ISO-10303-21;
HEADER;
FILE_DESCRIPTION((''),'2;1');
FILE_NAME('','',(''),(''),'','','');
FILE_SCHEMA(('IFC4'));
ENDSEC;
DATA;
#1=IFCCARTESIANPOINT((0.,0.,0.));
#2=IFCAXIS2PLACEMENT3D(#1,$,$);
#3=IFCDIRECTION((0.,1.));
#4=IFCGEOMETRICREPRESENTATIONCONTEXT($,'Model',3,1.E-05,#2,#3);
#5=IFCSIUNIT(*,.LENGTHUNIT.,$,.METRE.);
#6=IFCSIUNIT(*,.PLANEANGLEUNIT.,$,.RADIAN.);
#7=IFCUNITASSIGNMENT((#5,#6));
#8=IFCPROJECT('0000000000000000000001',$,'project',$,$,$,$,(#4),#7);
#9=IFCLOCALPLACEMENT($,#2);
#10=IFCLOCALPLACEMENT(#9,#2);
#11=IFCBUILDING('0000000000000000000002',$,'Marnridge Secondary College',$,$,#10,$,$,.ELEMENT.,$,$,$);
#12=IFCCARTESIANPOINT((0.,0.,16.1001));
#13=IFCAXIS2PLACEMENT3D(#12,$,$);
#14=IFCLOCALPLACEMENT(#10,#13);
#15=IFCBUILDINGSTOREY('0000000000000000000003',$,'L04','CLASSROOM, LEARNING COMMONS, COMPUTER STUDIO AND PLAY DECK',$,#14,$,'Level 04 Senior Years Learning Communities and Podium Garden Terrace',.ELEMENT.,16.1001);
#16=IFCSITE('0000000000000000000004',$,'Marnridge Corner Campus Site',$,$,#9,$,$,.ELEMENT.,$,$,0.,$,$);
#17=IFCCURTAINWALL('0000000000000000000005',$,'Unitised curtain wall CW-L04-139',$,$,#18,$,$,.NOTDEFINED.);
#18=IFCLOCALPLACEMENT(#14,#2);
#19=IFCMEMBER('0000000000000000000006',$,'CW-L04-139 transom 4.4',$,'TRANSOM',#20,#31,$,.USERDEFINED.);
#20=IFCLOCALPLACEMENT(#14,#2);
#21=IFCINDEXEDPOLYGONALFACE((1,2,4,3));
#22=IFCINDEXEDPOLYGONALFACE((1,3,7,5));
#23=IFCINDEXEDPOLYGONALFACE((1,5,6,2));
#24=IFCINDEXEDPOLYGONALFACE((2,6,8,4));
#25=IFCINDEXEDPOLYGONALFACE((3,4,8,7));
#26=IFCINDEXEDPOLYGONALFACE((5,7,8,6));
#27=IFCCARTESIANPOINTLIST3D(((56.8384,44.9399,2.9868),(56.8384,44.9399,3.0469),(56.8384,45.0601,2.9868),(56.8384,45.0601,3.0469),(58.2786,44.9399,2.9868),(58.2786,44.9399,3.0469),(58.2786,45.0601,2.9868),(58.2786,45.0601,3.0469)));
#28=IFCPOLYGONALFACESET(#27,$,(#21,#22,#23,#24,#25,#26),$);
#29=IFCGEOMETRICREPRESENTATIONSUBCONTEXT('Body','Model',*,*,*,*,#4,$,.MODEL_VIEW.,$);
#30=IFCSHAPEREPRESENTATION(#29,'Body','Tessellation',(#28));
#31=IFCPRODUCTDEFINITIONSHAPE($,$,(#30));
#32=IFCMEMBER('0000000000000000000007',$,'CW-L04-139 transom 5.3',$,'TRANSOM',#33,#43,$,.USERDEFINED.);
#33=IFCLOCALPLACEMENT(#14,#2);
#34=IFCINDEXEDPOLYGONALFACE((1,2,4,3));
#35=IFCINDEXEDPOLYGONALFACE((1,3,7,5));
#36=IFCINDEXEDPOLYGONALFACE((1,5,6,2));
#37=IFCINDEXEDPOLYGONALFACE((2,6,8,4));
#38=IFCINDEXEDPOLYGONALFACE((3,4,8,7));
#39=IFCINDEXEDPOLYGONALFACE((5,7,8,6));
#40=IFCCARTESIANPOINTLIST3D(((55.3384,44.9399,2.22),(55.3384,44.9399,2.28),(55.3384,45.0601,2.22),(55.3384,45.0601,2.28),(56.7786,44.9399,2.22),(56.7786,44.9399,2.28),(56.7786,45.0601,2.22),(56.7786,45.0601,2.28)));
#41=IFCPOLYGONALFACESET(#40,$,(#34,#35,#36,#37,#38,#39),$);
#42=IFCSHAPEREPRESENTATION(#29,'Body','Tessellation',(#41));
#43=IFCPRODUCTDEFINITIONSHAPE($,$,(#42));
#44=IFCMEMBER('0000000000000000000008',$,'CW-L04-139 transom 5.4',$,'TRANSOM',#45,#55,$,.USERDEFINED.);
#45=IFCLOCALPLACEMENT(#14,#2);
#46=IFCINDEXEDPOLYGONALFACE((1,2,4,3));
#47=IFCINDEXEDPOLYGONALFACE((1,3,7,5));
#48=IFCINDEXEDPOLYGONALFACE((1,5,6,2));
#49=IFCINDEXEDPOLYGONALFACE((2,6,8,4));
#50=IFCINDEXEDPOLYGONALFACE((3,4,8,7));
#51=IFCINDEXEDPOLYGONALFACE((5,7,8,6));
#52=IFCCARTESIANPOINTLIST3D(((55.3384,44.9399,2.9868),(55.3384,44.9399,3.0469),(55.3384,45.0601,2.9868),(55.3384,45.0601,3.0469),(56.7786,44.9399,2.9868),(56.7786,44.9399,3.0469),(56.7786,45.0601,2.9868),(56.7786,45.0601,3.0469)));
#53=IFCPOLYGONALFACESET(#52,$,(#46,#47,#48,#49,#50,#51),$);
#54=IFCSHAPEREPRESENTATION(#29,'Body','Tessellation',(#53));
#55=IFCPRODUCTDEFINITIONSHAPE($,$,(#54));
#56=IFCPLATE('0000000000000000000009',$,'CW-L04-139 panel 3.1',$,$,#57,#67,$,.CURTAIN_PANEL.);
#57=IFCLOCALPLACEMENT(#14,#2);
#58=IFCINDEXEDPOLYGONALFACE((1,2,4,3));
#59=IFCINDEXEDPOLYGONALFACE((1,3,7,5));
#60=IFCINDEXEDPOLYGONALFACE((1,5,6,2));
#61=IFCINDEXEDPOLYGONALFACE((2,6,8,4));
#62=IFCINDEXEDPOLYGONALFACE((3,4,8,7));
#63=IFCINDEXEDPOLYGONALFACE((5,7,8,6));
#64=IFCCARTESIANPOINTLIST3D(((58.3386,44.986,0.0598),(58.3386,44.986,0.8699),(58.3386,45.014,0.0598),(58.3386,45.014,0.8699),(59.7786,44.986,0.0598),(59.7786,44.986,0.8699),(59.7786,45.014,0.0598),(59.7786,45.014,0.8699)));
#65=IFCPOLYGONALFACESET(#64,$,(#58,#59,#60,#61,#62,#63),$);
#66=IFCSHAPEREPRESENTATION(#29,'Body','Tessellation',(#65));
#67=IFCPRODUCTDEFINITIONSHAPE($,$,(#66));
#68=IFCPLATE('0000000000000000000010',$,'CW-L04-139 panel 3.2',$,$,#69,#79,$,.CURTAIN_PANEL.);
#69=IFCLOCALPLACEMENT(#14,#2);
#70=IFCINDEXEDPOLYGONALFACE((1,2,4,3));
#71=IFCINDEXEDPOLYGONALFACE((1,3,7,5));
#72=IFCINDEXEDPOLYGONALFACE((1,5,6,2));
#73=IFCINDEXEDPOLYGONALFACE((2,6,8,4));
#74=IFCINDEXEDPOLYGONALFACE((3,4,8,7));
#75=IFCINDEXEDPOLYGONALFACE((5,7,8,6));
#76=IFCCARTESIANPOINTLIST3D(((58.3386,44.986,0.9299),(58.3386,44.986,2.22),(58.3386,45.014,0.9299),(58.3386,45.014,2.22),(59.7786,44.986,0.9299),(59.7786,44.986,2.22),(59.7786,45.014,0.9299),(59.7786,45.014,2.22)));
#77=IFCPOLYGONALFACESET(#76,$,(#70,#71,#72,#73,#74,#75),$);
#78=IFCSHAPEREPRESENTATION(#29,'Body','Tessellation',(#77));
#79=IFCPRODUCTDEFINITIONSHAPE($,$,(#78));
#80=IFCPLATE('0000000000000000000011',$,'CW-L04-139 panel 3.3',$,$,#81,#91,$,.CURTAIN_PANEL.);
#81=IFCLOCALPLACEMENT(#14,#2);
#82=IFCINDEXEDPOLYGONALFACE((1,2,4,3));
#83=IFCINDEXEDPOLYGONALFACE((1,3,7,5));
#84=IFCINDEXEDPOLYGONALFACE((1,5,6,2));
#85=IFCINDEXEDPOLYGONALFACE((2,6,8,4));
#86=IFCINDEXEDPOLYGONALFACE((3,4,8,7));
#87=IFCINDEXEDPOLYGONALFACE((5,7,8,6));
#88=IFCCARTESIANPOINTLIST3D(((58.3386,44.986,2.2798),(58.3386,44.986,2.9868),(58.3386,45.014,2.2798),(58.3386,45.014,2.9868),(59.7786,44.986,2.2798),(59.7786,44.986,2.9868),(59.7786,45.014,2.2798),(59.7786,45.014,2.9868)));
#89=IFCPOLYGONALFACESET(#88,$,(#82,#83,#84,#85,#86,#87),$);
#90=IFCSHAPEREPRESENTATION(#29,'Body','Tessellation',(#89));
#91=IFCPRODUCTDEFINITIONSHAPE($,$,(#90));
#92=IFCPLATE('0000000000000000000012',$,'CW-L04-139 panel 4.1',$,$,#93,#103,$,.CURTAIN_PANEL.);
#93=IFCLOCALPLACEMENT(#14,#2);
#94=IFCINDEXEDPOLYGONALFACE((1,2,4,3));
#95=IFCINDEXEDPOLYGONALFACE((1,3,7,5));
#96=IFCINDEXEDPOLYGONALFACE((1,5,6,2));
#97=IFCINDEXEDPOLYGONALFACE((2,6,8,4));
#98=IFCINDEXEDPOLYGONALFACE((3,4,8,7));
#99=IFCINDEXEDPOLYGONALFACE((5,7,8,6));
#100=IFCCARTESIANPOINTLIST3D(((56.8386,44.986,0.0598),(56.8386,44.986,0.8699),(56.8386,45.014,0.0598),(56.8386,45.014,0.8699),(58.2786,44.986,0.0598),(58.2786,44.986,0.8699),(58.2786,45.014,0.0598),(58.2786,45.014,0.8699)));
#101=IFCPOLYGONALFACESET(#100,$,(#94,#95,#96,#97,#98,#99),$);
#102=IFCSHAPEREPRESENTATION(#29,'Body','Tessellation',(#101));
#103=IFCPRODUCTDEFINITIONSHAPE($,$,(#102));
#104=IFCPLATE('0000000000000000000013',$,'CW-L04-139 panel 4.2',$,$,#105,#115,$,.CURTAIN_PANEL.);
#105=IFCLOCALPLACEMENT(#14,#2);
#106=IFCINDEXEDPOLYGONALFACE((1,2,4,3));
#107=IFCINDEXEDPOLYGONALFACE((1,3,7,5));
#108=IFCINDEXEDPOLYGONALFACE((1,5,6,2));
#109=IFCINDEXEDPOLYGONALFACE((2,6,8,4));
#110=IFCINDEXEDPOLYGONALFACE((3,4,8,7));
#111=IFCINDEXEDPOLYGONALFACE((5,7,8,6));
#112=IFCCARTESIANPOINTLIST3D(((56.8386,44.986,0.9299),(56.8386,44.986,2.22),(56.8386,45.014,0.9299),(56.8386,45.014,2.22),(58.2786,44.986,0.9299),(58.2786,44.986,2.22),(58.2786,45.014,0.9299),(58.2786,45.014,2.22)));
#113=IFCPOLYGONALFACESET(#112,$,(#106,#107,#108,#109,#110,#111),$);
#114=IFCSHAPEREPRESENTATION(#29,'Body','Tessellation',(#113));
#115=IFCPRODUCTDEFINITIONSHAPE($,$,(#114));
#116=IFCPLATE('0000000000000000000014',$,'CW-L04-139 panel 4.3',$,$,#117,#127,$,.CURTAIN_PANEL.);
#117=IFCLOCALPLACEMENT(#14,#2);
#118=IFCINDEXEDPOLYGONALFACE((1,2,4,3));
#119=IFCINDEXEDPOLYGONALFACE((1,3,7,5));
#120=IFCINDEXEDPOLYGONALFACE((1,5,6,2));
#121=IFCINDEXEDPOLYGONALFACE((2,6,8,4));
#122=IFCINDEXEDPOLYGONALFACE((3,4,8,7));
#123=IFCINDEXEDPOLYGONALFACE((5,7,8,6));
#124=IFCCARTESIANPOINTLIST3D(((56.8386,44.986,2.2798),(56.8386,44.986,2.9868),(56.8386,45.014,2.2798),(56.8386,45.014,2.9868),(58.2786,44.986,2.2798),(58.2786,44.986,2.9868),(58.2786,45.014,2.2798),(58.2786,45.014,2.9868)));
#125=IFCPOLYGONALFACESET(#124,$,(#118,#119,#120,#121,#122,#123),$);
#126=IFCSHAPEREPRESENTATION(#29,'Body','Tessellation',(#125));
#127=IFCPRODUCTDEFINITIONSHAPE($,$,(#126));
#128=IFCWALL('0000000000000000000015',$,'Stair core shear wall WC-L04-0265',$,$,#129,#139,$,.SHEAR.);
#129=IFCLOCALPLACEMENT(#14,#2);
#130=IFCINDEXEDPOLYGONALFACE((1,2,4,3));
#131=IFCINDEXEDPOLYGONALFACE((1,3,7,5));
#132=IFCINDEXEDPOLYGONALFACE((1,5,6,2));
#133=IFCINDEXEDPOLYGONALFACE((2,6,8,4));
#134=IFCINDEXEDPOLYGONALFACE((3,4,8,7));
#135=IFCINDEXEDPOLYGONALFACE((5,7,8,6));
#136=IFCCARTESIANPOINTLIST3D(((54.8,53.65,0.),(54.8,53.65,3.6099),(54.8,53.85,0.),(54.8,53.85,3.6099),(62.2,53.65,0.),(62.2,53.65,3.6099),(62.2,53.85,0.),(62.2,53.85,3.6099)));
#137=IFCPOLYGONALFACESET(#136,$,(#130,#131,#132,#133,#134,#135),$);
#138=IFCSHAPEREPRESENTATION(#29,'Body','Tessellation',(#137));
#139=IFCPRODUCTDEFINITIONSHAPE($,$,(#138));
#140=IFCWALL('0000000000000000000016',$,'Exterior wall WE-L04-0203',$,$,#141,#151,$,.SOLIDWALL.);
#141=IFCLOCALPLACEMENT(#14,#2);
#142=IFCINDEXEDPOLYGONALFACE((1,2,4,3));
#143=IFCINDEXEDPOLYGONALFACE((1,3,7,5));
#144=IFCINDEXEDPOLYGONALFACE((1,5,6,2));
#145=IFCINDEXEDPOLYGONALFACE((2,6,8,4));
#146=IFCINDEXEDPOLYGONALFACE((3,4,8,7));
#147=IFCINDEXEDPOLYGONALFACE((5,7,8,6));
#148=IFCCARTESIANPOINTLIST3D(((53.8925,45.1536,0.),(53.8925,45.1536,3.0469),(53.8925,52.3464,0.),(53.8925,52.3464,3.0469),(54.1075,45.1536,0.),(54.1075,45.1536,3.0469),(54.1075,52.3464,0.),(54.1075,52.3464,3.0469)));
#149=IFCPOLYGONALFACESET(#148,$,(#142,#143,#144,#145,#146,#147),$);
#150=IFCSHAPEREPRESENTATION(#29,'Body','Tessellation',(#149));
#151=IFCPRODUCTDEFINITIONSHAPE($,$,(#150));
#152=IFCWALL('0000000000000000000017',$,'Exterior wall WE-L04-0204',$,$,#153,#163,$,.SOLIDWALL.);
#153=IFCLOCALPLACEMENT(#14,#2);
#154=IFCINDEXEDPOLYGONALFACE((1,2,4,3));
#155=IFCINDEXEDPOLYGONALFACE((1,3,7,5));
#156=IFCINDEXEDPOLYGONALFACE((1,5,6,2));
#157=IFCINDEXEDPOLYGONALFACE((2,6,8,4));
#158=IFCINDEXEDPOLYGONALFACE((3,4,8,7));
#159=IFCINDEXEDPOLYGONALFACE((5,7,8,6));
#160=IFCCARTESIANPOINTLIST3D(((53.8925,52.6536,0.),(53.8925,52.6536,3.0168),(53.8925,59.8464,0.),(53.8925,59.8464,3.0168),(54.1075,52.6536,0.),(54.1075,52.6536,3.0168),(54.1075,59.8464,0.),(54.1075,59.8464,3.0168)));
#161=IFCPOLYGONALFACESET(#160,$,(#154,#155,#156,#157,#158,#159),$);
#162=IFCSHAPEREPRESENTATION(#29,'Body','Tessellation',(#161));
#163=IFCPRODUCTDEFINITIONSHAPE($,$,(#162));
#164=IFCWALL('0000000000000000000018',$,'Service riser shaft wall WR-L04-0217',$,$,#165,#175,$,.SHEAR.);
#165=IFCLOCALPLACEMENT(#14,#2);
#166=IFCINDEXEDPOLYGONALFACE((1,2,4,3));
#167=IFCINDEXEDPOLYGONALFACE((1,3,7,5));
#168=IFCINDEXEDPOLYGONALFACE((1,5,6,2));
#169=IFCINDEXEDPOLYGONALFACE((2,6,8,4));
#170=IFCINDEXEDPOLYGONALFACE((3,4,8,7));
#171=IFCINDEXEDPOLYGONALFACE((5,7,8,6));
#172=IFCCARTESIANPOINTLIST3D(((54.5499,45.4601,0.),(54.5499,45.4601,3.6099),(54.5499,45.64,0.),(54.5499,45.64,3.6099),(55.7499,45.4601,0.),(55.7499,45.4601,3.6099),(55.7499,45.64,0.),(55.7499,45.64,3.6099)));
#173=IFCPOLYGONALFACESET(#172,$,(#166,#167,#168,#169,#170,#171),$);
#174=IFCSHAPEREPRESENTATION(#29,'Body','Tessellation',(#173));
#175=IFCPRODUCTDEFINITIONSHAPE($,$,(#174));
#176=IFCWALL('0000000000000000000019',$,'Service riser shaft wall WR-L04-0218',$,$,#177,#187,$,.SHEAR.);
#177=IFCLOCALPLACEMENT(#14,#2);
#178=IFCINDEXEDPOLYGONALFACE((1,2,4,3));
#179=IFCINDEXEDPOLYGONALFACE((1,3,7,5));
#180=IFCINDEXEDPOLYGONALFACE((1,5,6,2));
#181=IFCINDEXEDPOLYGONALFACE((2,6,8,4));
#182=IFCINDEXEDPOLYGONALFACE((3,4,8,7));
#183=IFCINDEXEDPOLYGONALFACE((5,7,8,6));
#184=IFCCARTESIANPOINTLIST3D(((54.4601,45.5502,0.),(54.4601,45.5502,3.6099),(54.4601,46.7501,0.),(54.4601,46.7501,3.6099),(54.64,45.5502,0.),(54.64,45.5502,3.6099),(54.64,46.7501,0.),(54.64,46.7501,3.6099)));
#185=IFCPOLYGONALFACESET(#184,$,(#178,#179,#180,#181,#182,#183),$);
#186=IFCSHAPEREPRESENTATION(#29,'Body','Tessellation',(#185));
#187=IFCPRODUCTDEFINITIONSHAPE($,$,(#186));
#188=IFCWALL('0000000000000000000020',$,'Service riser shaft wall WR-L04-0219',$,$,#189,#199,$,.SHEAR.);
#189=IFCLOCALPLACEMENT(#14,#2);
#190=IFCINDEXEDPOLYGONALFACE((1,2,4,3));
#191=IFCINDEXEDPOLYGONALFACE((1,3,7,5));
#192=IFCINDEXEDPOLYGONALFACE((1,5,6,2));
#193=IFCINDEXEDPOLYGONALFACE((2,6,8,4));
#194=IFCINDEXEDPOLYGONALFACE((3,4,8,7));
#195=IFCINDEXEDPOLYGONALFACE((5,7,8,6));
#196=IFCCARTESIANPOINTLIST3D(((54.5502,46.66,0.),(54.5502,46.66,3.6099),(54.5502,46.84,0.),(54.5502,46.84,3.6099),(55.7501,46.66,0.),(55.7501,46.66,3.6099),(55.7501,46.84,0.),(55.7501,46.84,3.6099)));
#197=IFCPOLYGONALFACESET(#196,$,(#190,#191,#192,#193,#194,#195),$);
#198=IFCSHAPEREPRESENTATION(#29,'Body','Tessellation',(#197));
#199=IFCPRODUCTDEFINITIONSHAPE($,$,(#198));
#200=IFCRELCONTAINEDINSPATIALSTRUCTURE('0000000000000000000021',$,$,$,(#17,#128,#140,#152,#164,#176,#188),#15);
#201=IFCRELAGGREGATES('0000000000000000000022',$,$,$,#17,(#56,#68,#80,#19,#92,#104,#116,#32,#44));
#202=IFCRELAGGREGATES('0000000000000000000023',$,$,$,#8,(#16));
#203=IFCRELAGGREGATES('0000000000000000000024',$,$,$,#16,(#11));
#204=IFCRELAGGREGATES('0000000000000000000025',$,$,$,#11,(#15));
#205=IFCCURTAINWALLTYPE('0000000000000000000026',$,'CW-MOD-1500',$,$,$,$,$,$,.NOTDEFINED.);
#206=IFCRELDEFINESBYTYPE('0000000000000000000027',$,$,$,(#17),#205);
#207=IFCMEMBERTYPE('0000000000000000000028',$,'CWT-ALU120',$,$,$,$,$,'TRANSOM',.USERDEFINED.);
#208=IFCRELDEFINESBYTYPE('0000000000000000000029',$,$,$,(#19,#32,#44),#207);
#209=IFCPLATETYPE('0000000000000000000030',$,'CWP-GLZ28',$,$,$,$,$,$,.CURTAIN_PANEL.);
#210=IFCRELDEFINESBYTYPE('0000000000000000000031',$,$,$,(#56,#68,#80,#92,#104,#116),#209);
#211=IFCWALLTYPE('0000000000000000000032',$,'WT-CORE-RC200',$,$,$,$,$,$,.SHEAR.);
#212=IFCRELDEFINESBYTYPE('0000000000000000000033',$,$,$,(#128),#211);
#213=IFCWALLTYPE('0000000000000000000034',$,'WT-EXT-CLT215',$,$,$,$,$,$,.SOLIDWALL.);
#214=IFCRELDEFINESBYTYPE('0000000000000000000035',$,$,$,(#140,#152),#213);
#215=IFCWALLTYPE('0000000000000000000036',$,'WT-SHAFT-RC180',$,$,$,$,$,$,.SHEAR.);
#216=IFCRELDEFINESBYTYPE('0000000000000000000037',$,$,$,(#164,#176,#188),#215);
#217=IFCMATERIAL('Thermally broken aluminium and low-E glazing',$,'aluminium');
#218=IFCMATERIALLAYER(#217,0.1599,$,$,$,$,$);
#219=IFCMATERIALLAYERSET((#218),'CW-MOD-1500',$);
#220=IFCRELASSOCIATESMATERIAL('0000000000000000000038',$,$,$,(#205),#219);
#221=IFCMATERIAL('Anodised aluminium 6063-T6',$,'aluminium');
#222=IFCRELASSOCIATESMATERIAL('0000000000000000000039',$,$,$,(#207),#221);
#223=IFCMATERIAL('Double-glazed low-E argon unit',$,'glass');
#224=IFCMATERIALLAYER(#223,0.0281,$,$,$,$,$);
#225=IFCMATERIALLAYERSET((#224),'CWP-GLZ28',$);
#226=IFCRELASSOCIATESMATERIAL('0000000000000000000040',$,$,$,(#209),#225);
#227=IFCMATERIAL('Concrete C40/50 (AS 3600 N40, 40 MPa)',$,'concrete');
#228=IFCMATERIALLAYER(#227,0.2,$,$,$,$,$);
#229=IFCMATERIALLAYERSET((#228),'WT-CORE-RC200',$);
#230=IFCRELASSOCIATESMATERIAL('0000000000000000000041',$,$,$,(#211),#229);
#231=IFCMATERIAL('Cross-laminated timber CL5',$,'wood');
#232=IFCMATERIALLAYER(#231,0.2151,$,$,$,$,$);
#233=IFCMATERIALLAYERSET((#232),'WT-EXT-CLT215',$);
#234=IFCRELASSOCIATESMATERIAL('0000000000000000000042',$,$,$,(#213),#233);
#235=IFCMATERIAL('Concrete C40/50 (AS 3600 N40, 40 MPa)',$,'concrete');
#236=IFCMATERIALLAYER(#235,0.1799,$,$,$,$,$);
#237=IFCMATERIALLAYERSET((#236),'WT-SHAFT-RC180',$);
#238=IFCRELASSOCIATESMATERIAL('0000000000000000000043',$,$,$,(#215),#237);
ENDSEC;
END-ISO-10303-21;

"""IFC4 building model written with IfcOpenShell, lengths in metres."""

from ifc_helpers import new_model, si_unit, direction, frame, frame_2d, origin, origin_2d, place, context, subcontext, project, spatial, rectangle, extrude, material, layer, layer_set, material_profile, profile_set, type_object, element, aggregate, save


model = new_model("IFC4")

# Units and contexts
model_context = context("Model", 3, precision=1e-05, world=origin(), true_north=direction((0.0, 1.0)))
body_context = subcontext(model_context, "Body", "Model", "MODEL_VIEW")
ifc_project = project(units=[si_unit("LENGTHUNIT", "METRE"), si_unit("PLANEANGLEUNIT", "RADIAN")], contexts=[model_context])

# Site, building, storey
site_placement = place(None, origin())
site = spatial("IfcSite", under=ifc_project, at=site_placement, Name="Marnridge Corner Campus Site", CompositionType="ELEMENT", RefElevation=0.0)
building_placement = place(site_placement, origin())
building = spatial("IfcBuilding", under=site, at=building_placement, Name="Marnridge Secondary College", CompositionType="ELEMENT")
storey_placement = place(building_placement, frame((0.0, 0.0, 16.1001)))
storey = spatial("IfcBuildingStorey", under=building, at=storey_placement, Name="L04", Description="CLASSROOM, LEARNING COMMONS, COMPUTER STUDIO AND PLAY DECK", LongName="Level 04 Senior Years Learning Communities and Podium Garden Terrace", CompositionType="ELEMENT", Elevation=16.1001)

# Curtain wall, members, plates
ifc_material_1 = material(Name="Thermally broken aluminium and low-E glazing", Category="aluminium")
ifc_layer_1 = layer(ifc_material_1, 0.1599)
ifc_layer_set_1 = layer_set([ifc_layer_1], Name="CW-MOD-1500")
curtain_wall_type = type_object("IfcCurtainWallType", Name="CW-MOD-1500", PredefinedType="NOTDEFINED", material=ifc_layer_set_1)
curtain_wall_placement = place(storey_placement, origin())
curtain_wall = element("IfcCurtainWall", 1, at=curtain_wall_placement, inside=storey, type_object=curtain_wall_type, Name="Unitised curtain wall CW-L04-139", PredefinedType="NOTDEFINED")
ifc_material_2 = material(Name="Anodised aluminium 6063-T6", Category="aluminium")
ifc_material_profile_1 = material_profile(ifc_material_2, rectangle(XDim=0.0601, YDim=0.1201, at=origin_2d()), Name="ALU 60x120")
ifc_profile_set_1 = profile_set([ifc_material_profile_1], Name="Anodised aluminium 6063-T6")
member_type_1 = type_object("IfcMemberType", Name="CWT-ALU120", ElementType="TRANSOM", PredefinedType="USERDEFINED", material=ifc_profile_set_1)
member_1_placement = place(storey_placement, frame((58.2786, 45.0, 3.0168), z_axis=(-1.0, 0.0, 0.0), x_axis=(0.0, 0.0, 1.0)))
member_1 = element("IfcMember", 2, at=member_1_placement, type_object=member_type_1, Name="CW-L04-139 transom 4.4", ObjectType="TRANSOM", PredefinedType="USERDEFINED", context=body_context, shape_type="SweptSolid", body=[
    extrude(rectangle(XDim=0.0601, YDim=0.1201, at=origin_2d()), origin(), (0.0, 0.0, 1.0), 1.4402),
])
member_2_placement = place(storey_placement, frame((56.7786, 45.0, 2.25), z_axis=(-1.0, 0.0, 0.0), x_axis=(0.0, 0.0, 1.0)))
member_2 = element("IfcMember", 3, at=member_2_placement, type_object=member_type_1, Name="CW-L04-139 transom 5.3", ObjectType="TRANSOM", PredefinedType="USERDEFINED", context=body_context, shape_type="SweptSolid", body=[
    extrude(rectangle(XDim=0.0601, YDim=0.1201, at=origin_2d()), origin(), (0.0, 0.0, 1.0), 1.4402),
])
member_3_placement = place(storey_placement, frame((56.7786, 45.0, 3.0168), z_axis=(-1.0, 0.0, 0.0), x_axis=(0.0, 0.0, 1.0)))
member_3 = element("IfcMember", 4, at=member_3_placement, type_object=member_type_1, Name="CW-L04-139 transom 5.4", ObjectType="TRANSOM", PredefinedType="USERDEFINED", context=body_context, shape_type="SweptSolid", body=[
    extrude(rectangle(XDim=0.0601, YDim=0.1201, at=origin_2d()), origin(), (0.0, 0.0, 1.0), 1.4402),
])
ifc_material_3 = material(Name="Double-glazed low-E argon unit", Category="glass")
ifc_layer_2 = layer(ifc_material_3, 0.0281)
ifc_layer_set_2 = layer_set([ifc_layer_2], Name="CWP-GLZ28")
plate_type = type_object("IfcPlateType", Name="CWP-GLZ28", PredefinedType="CURTAIN_PANEL", material=ifc_layer_set_2)
plate_1_placement = place(storey_placement, frame((59.0586, 45.0, 0.0598), z_axis=(0.0, 0.0, 1.0), x_axis=(-1.0, 0.0, 0.0)))
plate_1 = element("IfcPlate", 5, at=plate_1_placement, type_object=plate_type, Name="CW-L04-139 panel 3.1", PredefinedType="CURTAIN_PANEL", context=body_context, shape_type="SweptSolid", body=[
    extrude(rectangle(XDim=1.4399, YDim=0.0281, at=origin_2d()), origin(), (0.0, 0.0, 1.0), 0.8101),
])
plate_2_placement = place(storey_placement, frame((59.0586, 45.0, 0.9299), z_axis=(0.0, 0.0, 1.0), x_axis=(-1.0, 0.0, 0.0)))
plate_2 = element("IfcPlate", 6, at=plate_2_placement, type_object=plate_type, Name="CW-L04-139 panel 3.2", PredefinedType="CURTAIN_PANEL", context=body_context, shape_type="SweptSolid", body=[
    extrude(rectangle(XDim=1.4399, YDim=0.0281, at=origin_2d()), origin(), (0.0, 0.0, 1.0), 1.29),
])
plate_3_placement = place(storey_placement, frame((59.0586, 45.0, 2.2798), z_axis=(0.0, 0.0, 1.0), x_axis=(-1.0, 0.0, 0.0)))
plate_3 = element("IfcPlate", 7, at=plate_3_placement, type_object=plate_type, Name="CW-L04-139 panel 3.3", PredefinedType="CURTAIN_PANEL", context=body_context, shape_type="SweptSolid", body=[
    extrude(rectangle(XDim=1.4399, YDim=0.0281, at=origin_2d()), origin(), (0.0, 0.0, 1.0), 0.707),
])
plate_4_placement = place(storey_placement, frame((57.5586, 45.0, 0.0598), z_axis=(0.0, 0.0, 1.0), x_axis=(-1.0, 0.0, 0.0)))
plate_4 = element("IfcPlate", 8, at=plate_4_placement, type_object=plate_type, Name="CW-L04-139 panel 4.1", PredefinedType="CURTAIN_PANEL", context=body_context, shape_type="SweptSolid", body=[
    extrude(rectangle(XDim=1.4399, YDim=0.0281, at=origin_2d()), origin(), (0.0, 0.0, 1.0), 0.8101),
])
plate_5_placement = place(storey_placement, frame((57.5586, 45.0, 0.9299), z_axis=(0.0, 0.0, 1.0), x_axis=(-1.0, 0.0, 0.0)))
plate_5 = element("IfcPlate", 9, at=plate_5_placement, type_object=plate_type, Name="CW-L04-139 panel 4.2", PredefinedType="CURTAIN_PANEL", context=body_context, shape_type="SweptSolid", body=[
    extrude(rectangle(XDim=1.4399, YDim=0.0281, at=origin_2d()), origin(), (0.0, 0.0, 1.0), 1.29),
])
plate_6_placement = place(storey_placement, frame((57.5586, 45.0, 2.2798), z_axis=(0.0, 0.0, 1.0), x_axis=(-1.0, 0.0, 0.0)))
plate_6 = element("IfcPlate", 10, at=plate_6_placement, type_object=plate_type, Name="CW-L04-139 panel 4.3", PredefinedType="CURTAIN_PANEL", context=body_context, shape_type="SweptSolid", body=[
    extrude(rectangle(XDim=1.4399, YDim=0.0281, at=origin_2d()), origin(), (0.0, 0.0, 1.0), 0.707),
])
aggregate(curtain_wall, [plate_1, plate_2, plate_3, member_1, plate_4, plate_5, plate_6, member_2, member_3])

# Walls
ifc_material_4 = material(Name="Concrete C40/50 (AS 3600 N40, 40 MPa)", Category="concrete")
ifc_layer_3 = layer(ifc_material_4, 0.2)
ifc_layer_set_3 = layer_set([ifc_layer_3], Name="WT-CORE-RC200")
wall_type_1 = type_object("IfcWallType", Name="WT-CORE-RC200", PredefinedType="SHEAR", material=ifc_layer_set_3)
wall_1_placement = place(storey_placement, frame((54.8, 53.75, 0.0), z_axis=(0.0, 0.0, 1.0), x_axis=(1.0, 0.0, 0.0)))
element("IfcWall", 11, at=wall_1_placement, inside=storey, type_object=wall_type_1, Name="Stair core shear wall WC-L04-0265", PredefinedType="SHEAR", context=body_context, shape_type="SweptSolid", body=[
    extrude(rectangle(XDim=7.3999, YDim=0.2, at=frame_2d((3.7, 0.0))), origin(), (0.0, 0.0, 1.0), 3.6099),
])
ifc_material_5 = material(Name="Cross-laminated timber CL5", Category="wood")
ifc_layer_4 = layer(ifc_material_5, 0.2151)
ifc_layer_set_4 = layer_set([ifc_layer_4], Name="WT-EXT-CLT215")
wall_type_2 = type_object("IfcWallType", Name="WT-EXT-CLT215", PredefinedType="SOLIDWALL", material=ifc_layer_set_4)
wall_2_placement = place(storey_placement, frame((54.0, 45.1536, 0.0), z_axis=(0.0, 0.0, 1.0), x_axis=(0.0, 1.0, 0.0)))
element("IfcWall", 12, at=wall_2_placement, inside=storey, type_object=wall_type_2, Name="Exterior wall WE-L04-0203", PredefinedType="SOLIDWALL", context=body_context, shape_type="SweptSolid", body=[
    extrude(rectangle(XDim=7.1929, YDim=0.2151, at=frame_2d((3.5964, 0.0))), origin(), (0.0, 0.0, 1.0), 3.0469),
])
wall_3_placement = place(storey_placement, frame((54.0, 52.6536, 0.0), z_axis=(0.0, 0.0, 1.0), x_axis=(0.0, 1.0, 0.0)))
element("IfcWall", 13, at=wall_3_placement, inside=storey, type_object=wall_type_2, Name="Exterior wall WE-L04-0204", PredefinedType="SOLIDWALL", context=body_context, shape_type="SweptSolid", body=[
    extrude(rectangle(XDim=7.1929, YDim=0.2151, at=frame_2d((3.5964, 0.0))), origin(), (0.0, 0.0, 1.0), 3.0168),
])
ifc_material_6 = material(Name="Concrete C40/50 (AS 3600 N40, 40 MPa)", Category="concrete")
ifc_layer_5 = layer(ifc_material_6, 0.1799)
ifc_layer_set_5 = layer_set([ifc_layer_5], Name="WT-SHAFT-RC180")
wall_type_3 = type_object("IfcWallType", Name="WT-SHAFT-RC180", PredefinedType="SHEAR", material=ifc_layer_set_5)
for number, where, z_axis, x_axis, name in (
    (14, (55.75, 45.55, 0.0), (0.0, 0.0, 1.0), (-1.0, 0.0, 0.0), "Service riser shaft wall WR-L04-0217"),
    (15, (54.55, 45.55, 0.0), (0.0, 0.0, 1.0), (0.0, 1.0, 0.0), "Service riser shaft wall WR-L04-0218"),
    (16, (54.55, 46.75, 0.0), (0.0, 0.0, 1.0), (1.0, 0.0, 0.0), "Service riser shaft wall WR-L04-0219"),
):
    element("IfcWall", number, at=place(storey_placement, frame(where, z_axis=z_axis, x_axis=x_axis)), inside=storey, type_object=wall_type_3, Name=name, PredefinedType="SHEAR", context=body_context, shape_type="SweptSolid", body=[
        extrude(rectangle(XDim=1.2, YDim=0.1799, at=frame_2d((0.6001, 0.0))), origin(), (0.0, 0.0, 1.0), 3.6099),
    ])

save(model, "model.ifc")
